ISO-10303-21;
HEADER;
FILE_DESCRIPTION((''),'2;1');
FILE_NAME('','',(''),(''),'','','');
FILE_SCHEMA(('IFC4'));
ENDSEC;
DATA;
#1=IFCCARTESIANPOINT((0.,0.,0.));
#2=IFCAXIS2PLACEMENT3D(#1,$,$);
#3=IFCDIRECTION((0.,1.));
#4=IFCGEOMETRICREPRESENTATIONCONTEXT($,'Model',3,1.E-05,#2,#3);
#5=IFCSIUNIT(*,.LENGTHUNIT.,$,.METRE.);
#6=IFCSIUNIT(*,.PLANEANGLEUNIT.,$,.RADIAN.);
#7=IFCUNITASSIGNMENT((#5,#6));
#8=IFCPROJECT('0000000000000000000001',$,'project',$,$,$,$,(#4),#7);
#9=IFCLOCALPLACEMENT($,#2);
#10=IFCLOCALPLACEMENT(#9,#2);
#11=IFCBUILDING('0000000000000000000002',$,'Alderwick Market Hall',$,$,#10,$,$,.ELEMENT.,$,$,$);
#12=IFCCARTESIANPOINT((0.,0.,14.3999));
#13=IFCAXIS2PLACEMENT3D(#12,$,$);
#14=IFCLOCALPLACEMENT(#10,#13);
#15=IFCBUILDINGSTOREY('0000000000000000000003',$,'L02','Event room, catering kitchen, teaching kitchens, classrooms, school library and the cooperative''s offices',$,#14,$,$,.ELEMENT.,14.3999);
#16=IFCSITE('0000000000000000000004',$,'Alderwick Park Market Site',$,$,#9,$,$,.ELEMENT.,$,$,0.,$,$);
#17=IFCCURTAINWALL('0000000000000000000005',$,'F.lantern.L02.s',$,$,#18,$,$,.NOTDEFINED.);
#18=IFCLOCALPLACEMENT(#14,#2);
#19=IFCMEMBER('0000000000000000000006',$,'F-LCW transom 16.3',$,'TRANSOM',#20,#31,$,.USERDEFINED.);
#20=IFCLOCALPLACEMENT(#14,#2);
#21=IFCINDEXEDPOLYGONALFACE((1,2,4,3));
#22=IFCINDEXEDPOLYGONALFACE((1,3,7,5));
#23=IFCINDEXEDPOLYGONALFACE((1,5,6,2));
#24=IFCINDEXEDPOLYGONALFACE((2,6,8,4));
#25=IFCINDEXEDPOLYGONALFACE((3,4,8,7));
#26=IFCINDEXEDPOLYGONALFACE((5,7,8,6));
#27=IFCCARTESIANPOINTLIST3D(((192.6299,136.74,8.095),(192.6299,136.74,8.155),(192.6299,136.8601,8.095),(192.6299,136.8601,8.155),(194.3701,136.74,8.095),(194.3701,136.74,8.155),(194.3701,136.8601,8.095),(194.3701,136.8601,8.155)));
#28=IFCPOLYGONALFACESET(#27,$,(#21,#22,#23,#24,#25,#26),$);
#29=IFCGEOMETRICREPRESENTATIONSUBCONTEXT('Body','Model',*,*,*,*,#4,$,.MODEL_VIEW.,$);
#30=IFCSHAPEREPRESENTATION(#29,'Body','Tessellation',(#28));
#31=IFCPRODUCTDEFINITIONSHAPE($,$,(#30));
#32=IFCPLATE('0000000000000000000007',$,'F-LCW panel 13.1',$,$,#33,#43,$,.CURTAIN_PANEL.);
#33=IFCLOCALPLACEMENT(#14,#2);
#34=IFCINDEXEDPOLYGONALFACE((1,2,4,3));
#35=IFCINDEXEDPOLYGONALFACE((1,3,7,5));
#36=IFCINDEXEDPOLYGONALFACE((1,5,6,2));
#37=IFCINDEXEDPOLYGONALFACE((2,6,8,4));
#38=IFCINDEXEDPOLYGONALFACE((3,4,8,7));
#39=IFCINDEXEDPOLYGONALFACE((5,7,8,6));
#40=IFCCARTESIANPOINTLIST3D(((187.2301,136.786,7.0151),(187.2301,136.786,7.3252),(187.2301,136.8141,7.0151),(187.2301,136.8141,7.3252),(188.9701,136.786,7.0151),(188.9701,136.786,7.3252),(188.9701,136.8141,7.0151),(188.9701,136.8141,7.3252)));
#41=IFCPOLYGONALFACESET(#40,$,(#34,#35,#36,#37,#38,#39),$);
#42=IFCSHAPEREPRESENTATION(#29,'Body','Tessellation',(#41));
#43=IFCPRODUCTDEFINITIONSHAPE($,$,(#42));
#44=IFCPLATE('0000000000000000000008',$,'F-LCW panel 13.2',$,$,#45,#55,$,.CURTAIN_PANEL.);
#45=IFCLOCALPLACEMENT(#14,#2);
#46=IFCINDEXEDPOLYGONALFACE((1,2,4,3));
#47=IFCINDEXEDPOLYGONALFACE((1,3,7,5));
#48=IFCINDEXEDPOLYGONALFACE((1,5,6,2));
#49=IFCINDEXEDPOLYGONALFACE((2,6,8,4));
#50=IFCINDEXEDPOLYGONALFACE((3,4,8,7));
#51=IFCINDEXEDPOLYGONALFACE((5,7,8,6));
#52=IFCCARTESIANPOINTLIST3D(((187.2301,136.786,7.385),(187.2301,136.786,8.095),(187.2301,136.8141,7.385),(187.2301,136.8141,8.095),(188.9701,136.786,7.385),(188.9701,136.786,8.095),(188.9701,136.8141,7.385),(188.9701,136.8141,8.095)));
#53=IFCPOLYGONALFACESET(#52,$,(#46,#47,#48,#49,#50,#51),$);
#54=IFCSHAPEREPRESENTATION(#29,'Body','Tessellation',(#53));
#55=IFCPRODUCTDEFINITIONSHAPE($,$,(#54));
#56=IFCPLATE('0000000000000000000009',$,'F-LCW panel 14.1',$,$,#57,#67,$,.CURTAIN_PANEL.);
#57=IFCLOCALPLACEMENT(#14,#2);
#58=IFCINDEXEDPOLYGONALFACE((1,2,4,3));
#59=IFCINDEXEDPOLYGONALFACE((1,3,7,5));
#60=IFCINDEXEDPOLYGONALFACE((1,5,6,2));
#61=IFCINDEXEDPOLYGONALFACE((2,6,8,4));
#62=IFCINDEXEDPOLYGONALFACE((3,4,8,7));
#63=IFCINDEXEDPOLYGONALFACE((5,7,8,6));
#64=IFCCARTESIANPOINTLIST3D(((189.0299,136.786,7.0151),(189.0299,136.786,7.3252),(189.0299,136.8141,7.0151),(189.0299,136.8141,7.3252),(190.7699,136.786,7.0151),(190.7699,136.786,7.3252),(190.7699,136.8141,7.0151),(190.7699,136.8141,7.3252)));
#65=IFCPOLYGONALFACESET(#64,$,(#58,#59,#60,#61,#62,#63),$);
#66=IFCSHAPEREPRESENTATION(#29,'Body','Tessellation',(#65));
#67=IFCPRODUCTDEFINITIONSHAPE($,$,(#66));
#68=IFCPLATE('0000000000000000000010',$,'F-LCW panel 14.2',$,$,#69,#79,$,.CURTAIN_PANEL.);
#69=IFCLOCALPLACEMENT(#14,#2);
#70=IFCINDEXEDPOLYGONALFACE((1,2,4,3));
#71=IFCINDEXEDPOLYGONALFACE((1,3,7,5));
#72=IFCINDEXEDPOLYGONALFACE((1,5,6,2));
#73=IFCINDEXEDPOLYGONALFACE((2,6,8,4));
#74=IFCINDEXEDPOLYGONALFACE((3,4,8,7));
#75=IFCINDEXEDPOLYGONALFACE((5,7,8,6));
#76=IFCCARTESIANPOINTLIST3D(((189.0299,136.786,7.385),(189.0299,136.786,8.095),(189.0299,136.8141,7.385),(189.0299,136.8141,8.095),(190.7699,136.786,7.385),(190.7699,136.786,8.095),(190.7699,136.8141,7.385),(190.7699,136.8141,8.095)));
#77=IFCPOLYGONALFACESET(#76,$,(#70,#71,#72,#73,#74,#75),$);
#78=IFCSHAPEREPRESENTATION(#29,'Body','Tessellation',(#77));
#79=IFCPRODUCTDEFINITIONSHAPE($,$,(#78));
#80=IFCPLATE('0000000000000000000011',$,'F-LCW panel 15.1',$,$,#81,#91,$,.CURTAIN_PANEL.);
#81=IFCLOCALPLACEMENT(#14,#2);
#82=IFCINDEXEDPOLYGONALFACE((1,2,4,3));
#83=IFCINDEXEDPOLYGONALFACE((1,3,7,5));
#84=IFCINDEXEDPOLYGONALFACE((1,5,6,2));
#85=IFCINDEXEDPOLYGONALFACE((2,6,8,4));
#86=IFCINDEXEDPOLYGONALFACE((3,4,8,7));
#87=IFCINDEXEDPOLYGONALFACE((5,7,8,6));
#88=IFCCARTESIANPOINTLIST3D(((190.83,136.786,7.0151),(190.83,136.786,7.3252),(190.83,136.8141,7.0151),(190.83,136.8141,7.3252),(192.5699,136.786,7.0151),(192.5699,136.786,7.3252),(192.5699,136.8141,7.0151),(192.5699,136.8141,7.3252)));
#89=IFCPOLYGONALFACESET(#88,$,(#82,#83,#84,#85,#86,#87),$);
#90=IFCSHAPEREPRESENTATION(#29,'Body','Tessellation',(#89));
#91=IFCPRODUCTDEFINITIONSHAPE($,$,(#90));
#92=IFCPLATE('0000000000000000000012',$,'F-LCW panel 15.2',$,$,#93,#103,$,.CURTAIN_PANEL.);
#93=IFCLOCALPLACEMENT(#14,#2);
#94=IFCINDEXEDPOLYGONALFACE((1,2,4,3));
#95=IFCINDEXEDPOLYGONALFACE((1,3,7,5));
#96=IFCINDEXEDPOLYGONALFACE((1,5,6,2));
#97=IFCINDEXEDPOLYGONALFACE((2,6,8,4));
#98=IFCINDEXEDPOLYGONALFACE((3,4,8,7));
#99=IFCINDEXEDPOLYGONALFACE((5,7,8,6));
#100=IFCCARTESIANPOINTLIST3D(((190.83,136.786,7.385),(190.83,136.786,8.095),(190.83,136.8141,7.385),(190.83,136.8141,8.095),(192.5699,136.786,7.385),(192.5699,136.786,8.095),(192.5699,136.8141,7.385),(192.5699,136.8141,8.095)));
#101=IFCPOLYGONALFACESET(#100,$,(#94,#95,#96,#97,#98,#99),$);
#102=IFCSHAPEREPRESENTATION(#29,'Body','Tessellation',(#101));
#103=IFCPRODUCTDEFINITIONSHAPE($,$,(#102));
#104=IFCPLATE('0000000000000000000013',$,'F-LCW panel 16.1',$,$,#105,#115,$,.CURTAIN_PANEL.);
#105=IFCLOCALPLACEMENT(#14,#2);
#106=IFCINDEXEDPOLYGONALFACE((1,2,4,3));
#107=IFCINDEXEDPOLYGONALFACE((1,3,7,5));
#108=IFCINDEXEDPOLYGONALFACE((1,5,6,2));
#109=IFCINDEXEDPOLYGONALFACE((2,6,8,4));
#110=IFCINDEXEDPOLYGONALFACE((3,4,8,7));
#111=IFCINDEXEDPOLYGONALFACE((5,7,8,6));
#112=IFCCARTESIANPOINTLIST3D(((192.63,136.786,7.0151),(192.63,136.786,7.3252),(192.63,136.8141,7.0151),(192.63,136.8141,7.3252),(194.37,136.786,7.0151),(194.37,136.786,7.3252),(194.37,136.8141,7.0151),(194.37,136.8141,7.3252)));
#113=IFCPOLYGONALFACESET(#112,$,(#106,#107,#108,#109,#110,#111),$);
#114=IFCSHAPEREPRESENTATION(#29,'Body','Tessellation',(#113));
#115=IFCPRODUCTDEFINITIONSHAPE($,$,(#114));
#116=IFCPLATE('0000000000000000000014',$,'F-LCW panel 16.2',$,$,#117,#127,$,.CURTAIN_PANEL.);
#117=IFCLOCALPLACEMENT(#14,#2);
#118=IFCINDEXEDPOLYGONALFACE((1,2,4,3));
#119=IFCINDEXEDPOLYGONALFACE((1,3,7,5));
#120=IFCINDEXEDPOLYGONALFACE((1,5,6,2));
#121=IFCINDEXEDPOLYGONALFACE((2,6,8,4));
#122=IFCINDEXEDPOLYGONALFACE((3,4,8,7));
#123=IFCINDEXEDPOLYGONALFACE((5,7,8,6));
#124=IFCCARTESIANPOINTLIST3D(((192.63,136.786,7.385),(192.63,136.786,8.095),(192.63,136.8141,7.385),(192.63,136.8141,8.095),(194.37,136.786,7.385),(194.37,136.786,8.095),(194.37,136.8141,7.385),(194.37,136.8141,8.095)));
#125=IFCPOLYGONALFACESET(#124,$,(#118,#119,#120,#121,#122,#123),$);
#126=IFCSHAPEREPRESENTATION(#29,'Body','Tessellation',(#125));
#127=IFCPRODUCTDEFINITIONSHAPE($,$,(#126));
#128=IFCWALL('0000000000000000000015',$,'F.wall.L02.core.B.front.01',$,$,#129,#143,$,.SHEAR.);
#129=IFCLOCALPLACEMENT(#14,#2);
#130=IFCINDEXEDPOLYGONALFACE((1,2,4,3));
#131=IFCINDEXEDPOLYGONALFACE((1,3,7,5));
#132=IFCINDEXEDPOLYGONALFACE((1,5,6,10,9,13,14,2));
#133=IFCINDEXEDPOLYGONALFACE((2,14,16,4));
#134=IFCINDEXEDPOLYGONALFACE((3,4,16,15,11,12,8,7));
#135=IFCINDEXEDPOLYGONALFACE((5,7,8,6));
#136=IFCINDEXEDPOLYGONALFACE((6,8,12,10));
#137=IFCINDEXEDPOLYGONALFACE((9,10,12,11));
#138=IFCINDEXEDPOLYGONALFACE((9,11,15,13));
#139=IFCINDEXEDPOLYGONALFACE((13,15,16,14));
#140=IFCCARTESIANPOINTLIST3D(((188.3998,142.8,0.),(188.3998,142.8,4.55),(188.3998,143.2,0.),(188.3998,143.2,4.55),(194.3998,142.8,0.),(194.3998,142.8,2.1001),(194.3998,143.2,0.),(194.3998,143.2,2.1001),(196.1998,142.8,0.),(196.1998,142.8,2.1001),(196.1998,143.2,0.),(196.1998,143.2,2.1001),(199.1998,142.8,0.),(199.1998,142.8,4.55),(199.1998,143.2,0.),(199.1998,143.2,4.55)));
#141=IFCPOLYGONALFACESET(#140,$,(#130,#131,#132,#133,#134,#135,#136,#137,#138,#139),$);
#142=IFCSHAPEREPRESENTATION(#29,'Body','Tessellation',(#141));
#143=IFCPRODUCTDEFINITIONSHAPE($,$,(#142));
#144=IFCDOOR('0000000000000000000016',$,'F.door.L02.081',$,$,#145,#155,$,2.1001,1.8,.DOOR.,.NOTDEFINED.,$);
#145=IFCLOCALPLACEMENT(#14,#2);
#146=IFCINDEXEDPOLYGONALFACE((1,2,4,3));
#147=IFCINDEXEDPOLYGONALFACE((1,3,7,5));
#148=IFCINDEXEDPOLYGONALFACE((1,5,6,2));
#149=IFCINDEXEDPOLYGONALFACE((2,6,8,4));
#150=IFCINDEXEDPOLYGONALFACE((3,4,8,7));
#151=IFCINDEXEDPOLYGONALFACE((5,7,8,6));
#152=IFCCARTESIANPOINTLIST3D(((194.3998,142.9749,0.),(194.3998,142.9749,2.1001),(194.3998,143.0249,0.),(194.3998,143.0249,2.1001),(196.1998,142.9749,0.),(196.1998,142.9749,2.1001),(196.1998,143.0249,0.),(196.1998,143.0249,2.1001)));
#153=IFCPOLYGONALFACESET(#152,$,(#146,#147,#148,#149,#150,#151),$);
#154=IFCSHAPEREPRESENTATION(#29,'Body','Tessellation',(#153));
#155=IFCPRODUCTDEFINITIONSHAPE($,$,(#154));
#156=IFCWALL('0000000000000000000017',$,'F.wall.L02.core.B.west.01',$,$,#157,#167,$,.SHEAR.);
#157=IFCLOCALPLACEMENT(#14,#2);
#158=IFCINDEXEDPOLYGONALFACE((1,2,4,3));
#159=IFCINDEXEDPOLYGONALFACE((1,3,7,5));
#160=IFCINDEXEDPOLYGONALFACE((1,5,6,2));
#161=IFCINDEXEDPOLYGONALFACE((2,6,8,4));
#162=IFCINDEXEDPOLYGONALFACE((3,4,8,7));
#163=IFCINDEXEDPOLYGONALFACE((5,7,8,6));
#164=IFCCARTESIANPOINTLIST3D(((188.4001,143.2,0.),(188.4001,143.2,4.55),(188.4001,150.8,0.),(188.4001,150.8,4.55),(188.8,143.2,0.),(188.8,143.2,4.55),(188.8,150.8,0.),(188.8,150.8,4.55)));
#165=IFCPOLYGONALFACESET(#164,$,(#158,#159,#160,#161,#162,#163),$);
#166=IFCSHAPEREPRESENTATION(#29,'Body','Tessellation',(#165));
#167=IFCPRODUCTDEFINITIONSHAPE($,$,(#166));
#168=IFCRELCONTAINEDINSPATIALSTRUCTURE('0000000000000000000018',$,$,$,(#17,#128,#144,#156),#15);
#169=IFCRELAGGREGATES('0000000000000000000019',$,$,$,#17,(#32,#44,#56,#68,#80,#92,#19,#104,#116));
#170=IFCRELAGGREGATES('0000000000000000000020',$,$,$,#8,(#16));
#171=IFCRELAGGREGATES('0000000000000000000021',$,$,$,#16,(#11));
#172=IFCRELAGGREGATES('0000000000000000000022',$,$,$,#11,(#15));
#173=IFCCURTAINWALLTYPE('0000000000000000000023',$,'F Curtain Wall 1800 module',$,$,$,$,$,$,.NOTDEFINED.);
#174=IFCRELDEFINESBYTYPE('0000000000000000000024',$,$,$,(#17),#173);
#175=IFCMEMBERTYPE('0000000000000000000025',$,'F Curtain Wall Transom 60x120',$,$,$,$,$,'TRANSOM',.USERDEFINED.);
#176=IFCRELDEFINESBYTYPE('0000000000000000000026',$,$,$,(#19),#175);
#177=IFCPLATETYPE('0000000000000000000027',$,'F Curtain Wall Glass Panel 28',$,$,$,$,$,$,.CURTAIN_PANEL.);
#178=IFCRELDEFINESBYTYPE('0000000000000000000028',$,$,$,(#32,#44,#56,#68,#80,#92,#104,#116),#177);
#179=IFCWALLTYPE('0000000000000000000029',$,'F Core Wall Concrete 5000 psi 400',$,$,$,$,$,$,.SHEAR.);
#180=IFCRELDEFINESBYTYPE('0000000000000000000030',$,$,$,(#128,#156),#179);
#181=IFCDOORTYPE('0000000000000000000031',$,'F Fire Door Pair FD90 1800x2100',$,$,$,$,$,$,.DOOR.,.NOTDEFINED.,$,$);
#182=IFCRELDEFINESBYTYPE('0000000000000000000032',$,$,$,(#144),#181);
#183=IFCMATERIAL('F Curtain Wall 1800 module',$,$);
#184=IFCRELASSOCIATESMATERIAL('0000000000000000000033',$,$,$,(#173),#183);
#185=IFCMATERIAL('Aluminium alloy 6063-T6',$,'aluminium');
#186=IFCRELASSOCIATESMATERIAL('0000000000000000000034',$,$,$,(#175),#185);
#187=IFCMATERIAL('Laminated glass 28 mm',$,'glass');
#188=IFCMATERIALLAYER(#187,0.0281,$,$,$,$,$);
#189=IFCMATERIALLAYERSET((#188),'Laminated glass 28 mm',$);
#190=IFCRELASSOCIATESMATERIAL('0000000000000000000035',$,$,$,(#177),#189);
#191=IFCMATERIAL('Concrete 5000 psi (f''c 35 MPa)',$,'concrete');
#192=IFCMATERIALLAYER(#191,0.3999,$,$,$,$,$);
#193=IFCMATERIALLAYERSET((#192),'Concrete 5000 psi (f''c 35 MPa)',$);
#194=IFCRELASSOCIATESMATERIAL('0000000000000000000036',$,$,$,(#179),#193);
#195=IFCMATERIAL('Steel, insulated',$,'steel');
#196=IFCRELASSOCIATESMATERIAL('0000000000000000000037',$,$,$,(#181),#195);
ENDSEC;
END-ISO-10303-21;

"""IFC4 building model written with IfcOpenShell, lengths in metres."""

from ifc_helpers import new_model, si_unit, direction, frame, frame_2d, origin, origin_2d, place, context, subcontext, project, spatial, rectangle, extrude, material, layer, layer_set, material_profile, profile_set, type_object, element, fill, aggregate, save


model = new_model("IFC4")

# Units and contexts
model_context = context("Model", 3, precision=1e-05, world=origin(), true_north=direction((0.0, 1.0)))
body_context = subcontext(model_context, "Body", "Model", "MODEL_VIEW")
ifc_project = project(units=[si_unit("LENGTHUNIT", "METRE"), si_unit("PLANEANGLEUNIT", "RADIAN")], contexts=[model_context])

# Site, building, storey
site_placement = place(None, origin())
site = spatial("IfcSite", under=ifc_project, at=site_placement, Name="Alderwick Park Market Site", CompositionType="ELEMENT", RefElevation=0.0)
building_placement = place(site_placement, origin())
building = spatial("IfcBuilding", under=site, at=building_placement, Name="Alderwick Market Hall", CompositionType="ELEMENT")
storey_placement = place(building_placement, frame((0.0, 0.0, 14.3999)))
storey = spatial("IfcBuildingStorey", under=building, at=storey_placement, Name="L02", Description="Event room, catering kitchen, teaching kitchens, classrooms, school library and the cooperative's offices", CompositionType="ELEMENT", Elevation=14.3999)

# Shared definitions
ifc_material_1 = material(Name="Concrete 5000 psi (f'c 35 MPa)", Category="concrete")

# Curtain wall, member, plates
ifc_material_2 = material(Name="F Curtain Wall 1800 module")
curtain_wall_type = type_object("IfcCurtainWallType", Name="F Curtain Wall 1800 module", PredefinedType="NOTDEFINED", material=ifc_material_2)
curtain_wall_placement = place(storey_placement, origin())
curtain_wall = element("IfcCurtainWall", 1, at=curtain_wall_placement, inside=storey, type_object=curtain_wall_type, Name="F.lantern.L02.s", PredefinedType="NOTDEFINED")
ifc_material_3 = material(Name="Aluminium alloy 6063-T6", Category="aluminium")
ifc_material_profile_1 = material_profile(ifc_material_3, rectangle(XDim=0.1201, YDim=0.0601, at=origin_2d()), Name="AL 60x120")
ifc_profile_set_1 = profile_set([ifc_material_profile_1], Name="Aluminium alloy 6063-T6")
member_type_1 = type_object("IfcMemberType", Name="F Curtain Wall Transom 60x120", ElementType="TRANSOM", PredefinedType="USERDEFINED", material=ifc_profile_set_1)
member_1_placement = place(storey_placement, frame((192.6299, 136.8, 8.125), z_axis=(1.0, 0.0, 0.0), x_axis=(0.0, 1.0, 0.0)))
member_1 = element("IfcMember", 2, at=member_1_placement, type_object=member_type_1, Name="F-LCW transom 16.3", ObjectType="TRANSOM", PredefinedType="USERDEFINED", context=body_context, shape_type="SweptSolid", body=[
    extrude(rectangle(XDim=0.1201, YDim=0.0601, at=origin_2d()), origin(), (0.0, 0.0, 1.0), 1.7402),
])
ifc_material_4 = material(Name="Laminated glass 28 mm", Category="glass")
ifc_layer_1 = layer(ifc_material_4, 0.0281)
ifc_layer_set_1 = layer_set([ifc_layer_1], Name="Laminated glass 28 mm")
plate_type = type_object("IfcPlateType", Name="F Curtain Wall Glass Panel 28", PredefinedType="CURTAIN_PANEL", material=ifc_layer_set_1)
plate_1_placement = place(storey_placement, frame((188.1001, 136.8, 7.0151), z_axis=(0.0, 0.0, 1.0), x_axis=(1.0, 0.0, 0.0)))
plate_1 = element("IfcPlate", 3, at=plate_1_placement, type_object=plate_type, Name="F-LCW panel 13.1", PredefinedType="CURTAIN_PANEL", context=body_context, shape_type="SweptSolid", body=[
    extrude(rectangle(XDim=1.74, YDim=0.0281, at=origin_2d()), origin(), (0.0, 0.0, 1.0), 0.3101),
])
plate_2_placement = place(storey_placement, frame((188.1001, 136.8, 7.385), z_axis=(0.0, 0.0, 1.0), x_axis=(1.0, 0.0, 0.0)))
plate_2 = element("IfcPlate", 4, at=plate_2_placement, type_object=plate_type, Name="F-LCW panel 13.2", PredefinedType="CURTAIN_PANEL", context=body_context, shape_type="SweptSolid", body=[
    extrude(rectangle(XDim=1.74, YDim=0.0281, at=origin_2d()), origin(), (0.0, 0.0, 1.0), 0.71),
])
plate_3_placement = place(storey_placement, frame((189.8999, 136.8, 7.0151), z_axis=(0.0, 0.0, 1.0), x_axis=(1.0, 0.0, 0.0)))
plate_3 = element("IfcPlate", 5, at=plate_3_placement, type_object=plate_type, Name="F-LCW panel 14.1", PredefinedType="CURTAIN_PANEL", context=body_context, shape_type="SweptSolid", body=[
    extrude(rectangle(XDim=1.74, YDim=0.0281, at=origin_2d()), origin(), (0.0, 0.0, 1.0), 0.3101),
])
plate_4_placement = place(storey_placement, frame((189.8999, 136.8, 7.385), z_axis=(0.0, 0.0, 1.0), x_axis=(1.0, 0.0, 0.0)))
plate_4 = element("IfcPlate", 6, at=plate_4_placement, type_object=plate_type, Name="F-LCW panel 14.2", PredefinedType="CURTAIN_PANEL", context=body_context, shape_type="SweptSolid", body=[
    extrude(rectangle(XDim=1.74, YDim=0.0281, at=origin_2d()), origin(), (0.0, 0.0, 1.0), 0.71),
])
plate_5_placement = place(storey_placement, frame((191.7, 136.8, 7.0151), z_axis=(0.0, 0.0, 1.0), x_axis=(1.0, 0.0, 0.0)))
plate_5 = element("IfcPlate", 7, at=plate_5_placement, type_object=plate_type, Name="F-LCW panel 15.1", PredefinedType="CURTAIN_PANEL", context=body_context, shape_type="SweptSolid", body=[
    extrude(rectangle(XDim=1.74, YDim=0.0281, at=origin_2d()), origin(), (0.0, 0.0, 1.0), 0.3101),
])
plate_6_placement = place(storey_placement, frame((191.7, 136.8, 7.385), z_axis=(0.0, 0.0, 1.0), x_axis=(1.0, 0.0, 0.0)))
plate_6 = element("IfcPlate", 8, at=plate_6_placement, type_object=plate_type, Name="F-LCW panel 15.2", PredefinedType="CURTAIN_PANEL", context=body_context, shape_type="SweptSolid", body=[
    extrude(rectangle(XDim=1.74, YDim=0.0281, at=origin_2d()), origin(), (0.0, 0.0, 1.0), 0.71),
])
plate_7_placement = place(storey_placement, frame((193.5, 136.8, 7.0151), z_axis=(0.0, 0.0, 1.0), x_axis=(1.0, 0.0, 0.0)))
plate_7 = element("IfcPlate", 9, at=plate_7_placement, type_object=plate_type, Name="F-LCW panel 16.1", PredefinedType="CURTAIN_PANEL", context=body_context, shape_type="SweptSolid", body=[
    extrude(rectangle(XDim=1.74, YDim=0.0281, at=origin_2d()), origin(), (0.0, 0.0, 1.0), 0.3101),
])
plate_8_placement = place(storey_placement, frame((193.5, 136.8, 7.385), z_axis=(0.0, 0.0, 1.0), x_axis=(1.0, 0.0, 0.0)))
plate_8 = element("IfcPlate", 10, at=plate_8_placement, type_object=plate_type, Name="F-LCW panel 16.2", PredefinedType="CURTAIN_PANEL", context=body_context, shape_type="SweptSolid", body=[
    extrude(rectangle(XDim=1.74, YDim=0.0281, at=origin_2d()), origin(), (0.0, 0.0, 1.0), 0.71),
])
aggregate(curtain_wall, [plate_1, plate_2, plate_3, plate_4, plate_5, plate_6, member_1, plate_7, plate_8])

# Wall, opening, door
ifc_layer_2 = layer(ifc_material_1, 0.3999)
ifc_layer_set_2 = layer_set([ifc_layer_2], Name="Concrete 5000 psi (f'c 35 MPa)")
wall_type_1 = type_object("IfcWallType", Name="F Core Wall Concrete 5000 psi 400", PredefinedType="SHEAR", material=ifc_layer_set_2)
wall_1_placement = place(storey_placement, frame((188.3999, 143.0, 0.0), z_axis=(0.0, 0.0, 1.0), x_axis=(1.0, 0.0, 0.0)))
wall_1 = element("IfcWall", 11, at=wall_1_placement, inside=storey, type_object=wall_type_1, Name="F.wall.L02.core.B.front.01", PredefinedType="SHEAR", context=body_context, shape_type="SweptSolid", body=[
    extrude(rectangle(XDim=10.8, YDim=0.3999, at=frame_2d((5.3999, 0.0))), origin(), (0.0, 0.0, 1.0), 4.55),
])
opening_1_placement = place(wall_1_placement, frame((6.0, 0.0, 0.0)))
opening_1 = element("IfcOpeningElement", 12, at=opening_1_placement, cuts=wall_1, PredefinedType="OPENING", context=body_context, shape_type="SweptSolid", body=[
    extrude(rectangle(XDim=1.8, YDim=2.1001, at=frame_2d((0.8999, 1.05))), frame((0.0, 0.21, 0.0), z_axis=(0.0, -1.0, 0.0), x_axis=(1.0, 0.0, 0.0)), (0.0, 0.0, 1.0), 0.4199),
])
ifc_material_5 = material(Name="Steel, insulated", Category="steel")
door_type_1 = type_object("IfcDoorType", Name="F Fire Door Pair FD90 1800x2100", OperationType="NOTDEFINED", PredefinedType="DOOR", material=ifc_material_5)
door_1_placement = place(opening_1_placement, origin())
door_1 = element("IfcDoor", 13, at=door_1_placement, inside=storey, type_object=door_type_1, Name="F.door.L02.081", OperationType="NOTDEFINED", OverallHeight=2.1001, OverallWidth=1.8, PredefinedType="DOOR", context=body_context, shape_type="SweptSolid", body=[
    extrude(rectangle(XDim=1.8, YDim=2.1001, at=frame_2d((0.8999, 1.05))), frame((0.0, 0.0249, 0.0), z_axis=(0.0, -1.0, 0.0), x_axis=(1.0, 0.0, 0.0)), (0.0, 0.0, 1.0), 0.05),
])
fill(opening_1, door_1)

# Wall
wall_2_placement = place(storey_placement, frame((188.6001, 143.2, 0.0), z_axis=(0.0, 0.0, 1.0), x_axis=(0.0, 1.0, 0.0)))
element("IfcWall", 14, at=wall_2_placement, inside=storey, type_object=wall_type_1, Name="F.wall.L02.core.B.west.01", PredefinedType="SHEAR", context=body_context, shape_type="SweptSolid", body=[
    extrude(rectangle(XDim=7.6001, YDim=0.3999, at=frame_2d((3.8, 0.0))), origin(), (0.0, 0.0, 1.0), 4.55),
])

save(model, "model.ifc")
